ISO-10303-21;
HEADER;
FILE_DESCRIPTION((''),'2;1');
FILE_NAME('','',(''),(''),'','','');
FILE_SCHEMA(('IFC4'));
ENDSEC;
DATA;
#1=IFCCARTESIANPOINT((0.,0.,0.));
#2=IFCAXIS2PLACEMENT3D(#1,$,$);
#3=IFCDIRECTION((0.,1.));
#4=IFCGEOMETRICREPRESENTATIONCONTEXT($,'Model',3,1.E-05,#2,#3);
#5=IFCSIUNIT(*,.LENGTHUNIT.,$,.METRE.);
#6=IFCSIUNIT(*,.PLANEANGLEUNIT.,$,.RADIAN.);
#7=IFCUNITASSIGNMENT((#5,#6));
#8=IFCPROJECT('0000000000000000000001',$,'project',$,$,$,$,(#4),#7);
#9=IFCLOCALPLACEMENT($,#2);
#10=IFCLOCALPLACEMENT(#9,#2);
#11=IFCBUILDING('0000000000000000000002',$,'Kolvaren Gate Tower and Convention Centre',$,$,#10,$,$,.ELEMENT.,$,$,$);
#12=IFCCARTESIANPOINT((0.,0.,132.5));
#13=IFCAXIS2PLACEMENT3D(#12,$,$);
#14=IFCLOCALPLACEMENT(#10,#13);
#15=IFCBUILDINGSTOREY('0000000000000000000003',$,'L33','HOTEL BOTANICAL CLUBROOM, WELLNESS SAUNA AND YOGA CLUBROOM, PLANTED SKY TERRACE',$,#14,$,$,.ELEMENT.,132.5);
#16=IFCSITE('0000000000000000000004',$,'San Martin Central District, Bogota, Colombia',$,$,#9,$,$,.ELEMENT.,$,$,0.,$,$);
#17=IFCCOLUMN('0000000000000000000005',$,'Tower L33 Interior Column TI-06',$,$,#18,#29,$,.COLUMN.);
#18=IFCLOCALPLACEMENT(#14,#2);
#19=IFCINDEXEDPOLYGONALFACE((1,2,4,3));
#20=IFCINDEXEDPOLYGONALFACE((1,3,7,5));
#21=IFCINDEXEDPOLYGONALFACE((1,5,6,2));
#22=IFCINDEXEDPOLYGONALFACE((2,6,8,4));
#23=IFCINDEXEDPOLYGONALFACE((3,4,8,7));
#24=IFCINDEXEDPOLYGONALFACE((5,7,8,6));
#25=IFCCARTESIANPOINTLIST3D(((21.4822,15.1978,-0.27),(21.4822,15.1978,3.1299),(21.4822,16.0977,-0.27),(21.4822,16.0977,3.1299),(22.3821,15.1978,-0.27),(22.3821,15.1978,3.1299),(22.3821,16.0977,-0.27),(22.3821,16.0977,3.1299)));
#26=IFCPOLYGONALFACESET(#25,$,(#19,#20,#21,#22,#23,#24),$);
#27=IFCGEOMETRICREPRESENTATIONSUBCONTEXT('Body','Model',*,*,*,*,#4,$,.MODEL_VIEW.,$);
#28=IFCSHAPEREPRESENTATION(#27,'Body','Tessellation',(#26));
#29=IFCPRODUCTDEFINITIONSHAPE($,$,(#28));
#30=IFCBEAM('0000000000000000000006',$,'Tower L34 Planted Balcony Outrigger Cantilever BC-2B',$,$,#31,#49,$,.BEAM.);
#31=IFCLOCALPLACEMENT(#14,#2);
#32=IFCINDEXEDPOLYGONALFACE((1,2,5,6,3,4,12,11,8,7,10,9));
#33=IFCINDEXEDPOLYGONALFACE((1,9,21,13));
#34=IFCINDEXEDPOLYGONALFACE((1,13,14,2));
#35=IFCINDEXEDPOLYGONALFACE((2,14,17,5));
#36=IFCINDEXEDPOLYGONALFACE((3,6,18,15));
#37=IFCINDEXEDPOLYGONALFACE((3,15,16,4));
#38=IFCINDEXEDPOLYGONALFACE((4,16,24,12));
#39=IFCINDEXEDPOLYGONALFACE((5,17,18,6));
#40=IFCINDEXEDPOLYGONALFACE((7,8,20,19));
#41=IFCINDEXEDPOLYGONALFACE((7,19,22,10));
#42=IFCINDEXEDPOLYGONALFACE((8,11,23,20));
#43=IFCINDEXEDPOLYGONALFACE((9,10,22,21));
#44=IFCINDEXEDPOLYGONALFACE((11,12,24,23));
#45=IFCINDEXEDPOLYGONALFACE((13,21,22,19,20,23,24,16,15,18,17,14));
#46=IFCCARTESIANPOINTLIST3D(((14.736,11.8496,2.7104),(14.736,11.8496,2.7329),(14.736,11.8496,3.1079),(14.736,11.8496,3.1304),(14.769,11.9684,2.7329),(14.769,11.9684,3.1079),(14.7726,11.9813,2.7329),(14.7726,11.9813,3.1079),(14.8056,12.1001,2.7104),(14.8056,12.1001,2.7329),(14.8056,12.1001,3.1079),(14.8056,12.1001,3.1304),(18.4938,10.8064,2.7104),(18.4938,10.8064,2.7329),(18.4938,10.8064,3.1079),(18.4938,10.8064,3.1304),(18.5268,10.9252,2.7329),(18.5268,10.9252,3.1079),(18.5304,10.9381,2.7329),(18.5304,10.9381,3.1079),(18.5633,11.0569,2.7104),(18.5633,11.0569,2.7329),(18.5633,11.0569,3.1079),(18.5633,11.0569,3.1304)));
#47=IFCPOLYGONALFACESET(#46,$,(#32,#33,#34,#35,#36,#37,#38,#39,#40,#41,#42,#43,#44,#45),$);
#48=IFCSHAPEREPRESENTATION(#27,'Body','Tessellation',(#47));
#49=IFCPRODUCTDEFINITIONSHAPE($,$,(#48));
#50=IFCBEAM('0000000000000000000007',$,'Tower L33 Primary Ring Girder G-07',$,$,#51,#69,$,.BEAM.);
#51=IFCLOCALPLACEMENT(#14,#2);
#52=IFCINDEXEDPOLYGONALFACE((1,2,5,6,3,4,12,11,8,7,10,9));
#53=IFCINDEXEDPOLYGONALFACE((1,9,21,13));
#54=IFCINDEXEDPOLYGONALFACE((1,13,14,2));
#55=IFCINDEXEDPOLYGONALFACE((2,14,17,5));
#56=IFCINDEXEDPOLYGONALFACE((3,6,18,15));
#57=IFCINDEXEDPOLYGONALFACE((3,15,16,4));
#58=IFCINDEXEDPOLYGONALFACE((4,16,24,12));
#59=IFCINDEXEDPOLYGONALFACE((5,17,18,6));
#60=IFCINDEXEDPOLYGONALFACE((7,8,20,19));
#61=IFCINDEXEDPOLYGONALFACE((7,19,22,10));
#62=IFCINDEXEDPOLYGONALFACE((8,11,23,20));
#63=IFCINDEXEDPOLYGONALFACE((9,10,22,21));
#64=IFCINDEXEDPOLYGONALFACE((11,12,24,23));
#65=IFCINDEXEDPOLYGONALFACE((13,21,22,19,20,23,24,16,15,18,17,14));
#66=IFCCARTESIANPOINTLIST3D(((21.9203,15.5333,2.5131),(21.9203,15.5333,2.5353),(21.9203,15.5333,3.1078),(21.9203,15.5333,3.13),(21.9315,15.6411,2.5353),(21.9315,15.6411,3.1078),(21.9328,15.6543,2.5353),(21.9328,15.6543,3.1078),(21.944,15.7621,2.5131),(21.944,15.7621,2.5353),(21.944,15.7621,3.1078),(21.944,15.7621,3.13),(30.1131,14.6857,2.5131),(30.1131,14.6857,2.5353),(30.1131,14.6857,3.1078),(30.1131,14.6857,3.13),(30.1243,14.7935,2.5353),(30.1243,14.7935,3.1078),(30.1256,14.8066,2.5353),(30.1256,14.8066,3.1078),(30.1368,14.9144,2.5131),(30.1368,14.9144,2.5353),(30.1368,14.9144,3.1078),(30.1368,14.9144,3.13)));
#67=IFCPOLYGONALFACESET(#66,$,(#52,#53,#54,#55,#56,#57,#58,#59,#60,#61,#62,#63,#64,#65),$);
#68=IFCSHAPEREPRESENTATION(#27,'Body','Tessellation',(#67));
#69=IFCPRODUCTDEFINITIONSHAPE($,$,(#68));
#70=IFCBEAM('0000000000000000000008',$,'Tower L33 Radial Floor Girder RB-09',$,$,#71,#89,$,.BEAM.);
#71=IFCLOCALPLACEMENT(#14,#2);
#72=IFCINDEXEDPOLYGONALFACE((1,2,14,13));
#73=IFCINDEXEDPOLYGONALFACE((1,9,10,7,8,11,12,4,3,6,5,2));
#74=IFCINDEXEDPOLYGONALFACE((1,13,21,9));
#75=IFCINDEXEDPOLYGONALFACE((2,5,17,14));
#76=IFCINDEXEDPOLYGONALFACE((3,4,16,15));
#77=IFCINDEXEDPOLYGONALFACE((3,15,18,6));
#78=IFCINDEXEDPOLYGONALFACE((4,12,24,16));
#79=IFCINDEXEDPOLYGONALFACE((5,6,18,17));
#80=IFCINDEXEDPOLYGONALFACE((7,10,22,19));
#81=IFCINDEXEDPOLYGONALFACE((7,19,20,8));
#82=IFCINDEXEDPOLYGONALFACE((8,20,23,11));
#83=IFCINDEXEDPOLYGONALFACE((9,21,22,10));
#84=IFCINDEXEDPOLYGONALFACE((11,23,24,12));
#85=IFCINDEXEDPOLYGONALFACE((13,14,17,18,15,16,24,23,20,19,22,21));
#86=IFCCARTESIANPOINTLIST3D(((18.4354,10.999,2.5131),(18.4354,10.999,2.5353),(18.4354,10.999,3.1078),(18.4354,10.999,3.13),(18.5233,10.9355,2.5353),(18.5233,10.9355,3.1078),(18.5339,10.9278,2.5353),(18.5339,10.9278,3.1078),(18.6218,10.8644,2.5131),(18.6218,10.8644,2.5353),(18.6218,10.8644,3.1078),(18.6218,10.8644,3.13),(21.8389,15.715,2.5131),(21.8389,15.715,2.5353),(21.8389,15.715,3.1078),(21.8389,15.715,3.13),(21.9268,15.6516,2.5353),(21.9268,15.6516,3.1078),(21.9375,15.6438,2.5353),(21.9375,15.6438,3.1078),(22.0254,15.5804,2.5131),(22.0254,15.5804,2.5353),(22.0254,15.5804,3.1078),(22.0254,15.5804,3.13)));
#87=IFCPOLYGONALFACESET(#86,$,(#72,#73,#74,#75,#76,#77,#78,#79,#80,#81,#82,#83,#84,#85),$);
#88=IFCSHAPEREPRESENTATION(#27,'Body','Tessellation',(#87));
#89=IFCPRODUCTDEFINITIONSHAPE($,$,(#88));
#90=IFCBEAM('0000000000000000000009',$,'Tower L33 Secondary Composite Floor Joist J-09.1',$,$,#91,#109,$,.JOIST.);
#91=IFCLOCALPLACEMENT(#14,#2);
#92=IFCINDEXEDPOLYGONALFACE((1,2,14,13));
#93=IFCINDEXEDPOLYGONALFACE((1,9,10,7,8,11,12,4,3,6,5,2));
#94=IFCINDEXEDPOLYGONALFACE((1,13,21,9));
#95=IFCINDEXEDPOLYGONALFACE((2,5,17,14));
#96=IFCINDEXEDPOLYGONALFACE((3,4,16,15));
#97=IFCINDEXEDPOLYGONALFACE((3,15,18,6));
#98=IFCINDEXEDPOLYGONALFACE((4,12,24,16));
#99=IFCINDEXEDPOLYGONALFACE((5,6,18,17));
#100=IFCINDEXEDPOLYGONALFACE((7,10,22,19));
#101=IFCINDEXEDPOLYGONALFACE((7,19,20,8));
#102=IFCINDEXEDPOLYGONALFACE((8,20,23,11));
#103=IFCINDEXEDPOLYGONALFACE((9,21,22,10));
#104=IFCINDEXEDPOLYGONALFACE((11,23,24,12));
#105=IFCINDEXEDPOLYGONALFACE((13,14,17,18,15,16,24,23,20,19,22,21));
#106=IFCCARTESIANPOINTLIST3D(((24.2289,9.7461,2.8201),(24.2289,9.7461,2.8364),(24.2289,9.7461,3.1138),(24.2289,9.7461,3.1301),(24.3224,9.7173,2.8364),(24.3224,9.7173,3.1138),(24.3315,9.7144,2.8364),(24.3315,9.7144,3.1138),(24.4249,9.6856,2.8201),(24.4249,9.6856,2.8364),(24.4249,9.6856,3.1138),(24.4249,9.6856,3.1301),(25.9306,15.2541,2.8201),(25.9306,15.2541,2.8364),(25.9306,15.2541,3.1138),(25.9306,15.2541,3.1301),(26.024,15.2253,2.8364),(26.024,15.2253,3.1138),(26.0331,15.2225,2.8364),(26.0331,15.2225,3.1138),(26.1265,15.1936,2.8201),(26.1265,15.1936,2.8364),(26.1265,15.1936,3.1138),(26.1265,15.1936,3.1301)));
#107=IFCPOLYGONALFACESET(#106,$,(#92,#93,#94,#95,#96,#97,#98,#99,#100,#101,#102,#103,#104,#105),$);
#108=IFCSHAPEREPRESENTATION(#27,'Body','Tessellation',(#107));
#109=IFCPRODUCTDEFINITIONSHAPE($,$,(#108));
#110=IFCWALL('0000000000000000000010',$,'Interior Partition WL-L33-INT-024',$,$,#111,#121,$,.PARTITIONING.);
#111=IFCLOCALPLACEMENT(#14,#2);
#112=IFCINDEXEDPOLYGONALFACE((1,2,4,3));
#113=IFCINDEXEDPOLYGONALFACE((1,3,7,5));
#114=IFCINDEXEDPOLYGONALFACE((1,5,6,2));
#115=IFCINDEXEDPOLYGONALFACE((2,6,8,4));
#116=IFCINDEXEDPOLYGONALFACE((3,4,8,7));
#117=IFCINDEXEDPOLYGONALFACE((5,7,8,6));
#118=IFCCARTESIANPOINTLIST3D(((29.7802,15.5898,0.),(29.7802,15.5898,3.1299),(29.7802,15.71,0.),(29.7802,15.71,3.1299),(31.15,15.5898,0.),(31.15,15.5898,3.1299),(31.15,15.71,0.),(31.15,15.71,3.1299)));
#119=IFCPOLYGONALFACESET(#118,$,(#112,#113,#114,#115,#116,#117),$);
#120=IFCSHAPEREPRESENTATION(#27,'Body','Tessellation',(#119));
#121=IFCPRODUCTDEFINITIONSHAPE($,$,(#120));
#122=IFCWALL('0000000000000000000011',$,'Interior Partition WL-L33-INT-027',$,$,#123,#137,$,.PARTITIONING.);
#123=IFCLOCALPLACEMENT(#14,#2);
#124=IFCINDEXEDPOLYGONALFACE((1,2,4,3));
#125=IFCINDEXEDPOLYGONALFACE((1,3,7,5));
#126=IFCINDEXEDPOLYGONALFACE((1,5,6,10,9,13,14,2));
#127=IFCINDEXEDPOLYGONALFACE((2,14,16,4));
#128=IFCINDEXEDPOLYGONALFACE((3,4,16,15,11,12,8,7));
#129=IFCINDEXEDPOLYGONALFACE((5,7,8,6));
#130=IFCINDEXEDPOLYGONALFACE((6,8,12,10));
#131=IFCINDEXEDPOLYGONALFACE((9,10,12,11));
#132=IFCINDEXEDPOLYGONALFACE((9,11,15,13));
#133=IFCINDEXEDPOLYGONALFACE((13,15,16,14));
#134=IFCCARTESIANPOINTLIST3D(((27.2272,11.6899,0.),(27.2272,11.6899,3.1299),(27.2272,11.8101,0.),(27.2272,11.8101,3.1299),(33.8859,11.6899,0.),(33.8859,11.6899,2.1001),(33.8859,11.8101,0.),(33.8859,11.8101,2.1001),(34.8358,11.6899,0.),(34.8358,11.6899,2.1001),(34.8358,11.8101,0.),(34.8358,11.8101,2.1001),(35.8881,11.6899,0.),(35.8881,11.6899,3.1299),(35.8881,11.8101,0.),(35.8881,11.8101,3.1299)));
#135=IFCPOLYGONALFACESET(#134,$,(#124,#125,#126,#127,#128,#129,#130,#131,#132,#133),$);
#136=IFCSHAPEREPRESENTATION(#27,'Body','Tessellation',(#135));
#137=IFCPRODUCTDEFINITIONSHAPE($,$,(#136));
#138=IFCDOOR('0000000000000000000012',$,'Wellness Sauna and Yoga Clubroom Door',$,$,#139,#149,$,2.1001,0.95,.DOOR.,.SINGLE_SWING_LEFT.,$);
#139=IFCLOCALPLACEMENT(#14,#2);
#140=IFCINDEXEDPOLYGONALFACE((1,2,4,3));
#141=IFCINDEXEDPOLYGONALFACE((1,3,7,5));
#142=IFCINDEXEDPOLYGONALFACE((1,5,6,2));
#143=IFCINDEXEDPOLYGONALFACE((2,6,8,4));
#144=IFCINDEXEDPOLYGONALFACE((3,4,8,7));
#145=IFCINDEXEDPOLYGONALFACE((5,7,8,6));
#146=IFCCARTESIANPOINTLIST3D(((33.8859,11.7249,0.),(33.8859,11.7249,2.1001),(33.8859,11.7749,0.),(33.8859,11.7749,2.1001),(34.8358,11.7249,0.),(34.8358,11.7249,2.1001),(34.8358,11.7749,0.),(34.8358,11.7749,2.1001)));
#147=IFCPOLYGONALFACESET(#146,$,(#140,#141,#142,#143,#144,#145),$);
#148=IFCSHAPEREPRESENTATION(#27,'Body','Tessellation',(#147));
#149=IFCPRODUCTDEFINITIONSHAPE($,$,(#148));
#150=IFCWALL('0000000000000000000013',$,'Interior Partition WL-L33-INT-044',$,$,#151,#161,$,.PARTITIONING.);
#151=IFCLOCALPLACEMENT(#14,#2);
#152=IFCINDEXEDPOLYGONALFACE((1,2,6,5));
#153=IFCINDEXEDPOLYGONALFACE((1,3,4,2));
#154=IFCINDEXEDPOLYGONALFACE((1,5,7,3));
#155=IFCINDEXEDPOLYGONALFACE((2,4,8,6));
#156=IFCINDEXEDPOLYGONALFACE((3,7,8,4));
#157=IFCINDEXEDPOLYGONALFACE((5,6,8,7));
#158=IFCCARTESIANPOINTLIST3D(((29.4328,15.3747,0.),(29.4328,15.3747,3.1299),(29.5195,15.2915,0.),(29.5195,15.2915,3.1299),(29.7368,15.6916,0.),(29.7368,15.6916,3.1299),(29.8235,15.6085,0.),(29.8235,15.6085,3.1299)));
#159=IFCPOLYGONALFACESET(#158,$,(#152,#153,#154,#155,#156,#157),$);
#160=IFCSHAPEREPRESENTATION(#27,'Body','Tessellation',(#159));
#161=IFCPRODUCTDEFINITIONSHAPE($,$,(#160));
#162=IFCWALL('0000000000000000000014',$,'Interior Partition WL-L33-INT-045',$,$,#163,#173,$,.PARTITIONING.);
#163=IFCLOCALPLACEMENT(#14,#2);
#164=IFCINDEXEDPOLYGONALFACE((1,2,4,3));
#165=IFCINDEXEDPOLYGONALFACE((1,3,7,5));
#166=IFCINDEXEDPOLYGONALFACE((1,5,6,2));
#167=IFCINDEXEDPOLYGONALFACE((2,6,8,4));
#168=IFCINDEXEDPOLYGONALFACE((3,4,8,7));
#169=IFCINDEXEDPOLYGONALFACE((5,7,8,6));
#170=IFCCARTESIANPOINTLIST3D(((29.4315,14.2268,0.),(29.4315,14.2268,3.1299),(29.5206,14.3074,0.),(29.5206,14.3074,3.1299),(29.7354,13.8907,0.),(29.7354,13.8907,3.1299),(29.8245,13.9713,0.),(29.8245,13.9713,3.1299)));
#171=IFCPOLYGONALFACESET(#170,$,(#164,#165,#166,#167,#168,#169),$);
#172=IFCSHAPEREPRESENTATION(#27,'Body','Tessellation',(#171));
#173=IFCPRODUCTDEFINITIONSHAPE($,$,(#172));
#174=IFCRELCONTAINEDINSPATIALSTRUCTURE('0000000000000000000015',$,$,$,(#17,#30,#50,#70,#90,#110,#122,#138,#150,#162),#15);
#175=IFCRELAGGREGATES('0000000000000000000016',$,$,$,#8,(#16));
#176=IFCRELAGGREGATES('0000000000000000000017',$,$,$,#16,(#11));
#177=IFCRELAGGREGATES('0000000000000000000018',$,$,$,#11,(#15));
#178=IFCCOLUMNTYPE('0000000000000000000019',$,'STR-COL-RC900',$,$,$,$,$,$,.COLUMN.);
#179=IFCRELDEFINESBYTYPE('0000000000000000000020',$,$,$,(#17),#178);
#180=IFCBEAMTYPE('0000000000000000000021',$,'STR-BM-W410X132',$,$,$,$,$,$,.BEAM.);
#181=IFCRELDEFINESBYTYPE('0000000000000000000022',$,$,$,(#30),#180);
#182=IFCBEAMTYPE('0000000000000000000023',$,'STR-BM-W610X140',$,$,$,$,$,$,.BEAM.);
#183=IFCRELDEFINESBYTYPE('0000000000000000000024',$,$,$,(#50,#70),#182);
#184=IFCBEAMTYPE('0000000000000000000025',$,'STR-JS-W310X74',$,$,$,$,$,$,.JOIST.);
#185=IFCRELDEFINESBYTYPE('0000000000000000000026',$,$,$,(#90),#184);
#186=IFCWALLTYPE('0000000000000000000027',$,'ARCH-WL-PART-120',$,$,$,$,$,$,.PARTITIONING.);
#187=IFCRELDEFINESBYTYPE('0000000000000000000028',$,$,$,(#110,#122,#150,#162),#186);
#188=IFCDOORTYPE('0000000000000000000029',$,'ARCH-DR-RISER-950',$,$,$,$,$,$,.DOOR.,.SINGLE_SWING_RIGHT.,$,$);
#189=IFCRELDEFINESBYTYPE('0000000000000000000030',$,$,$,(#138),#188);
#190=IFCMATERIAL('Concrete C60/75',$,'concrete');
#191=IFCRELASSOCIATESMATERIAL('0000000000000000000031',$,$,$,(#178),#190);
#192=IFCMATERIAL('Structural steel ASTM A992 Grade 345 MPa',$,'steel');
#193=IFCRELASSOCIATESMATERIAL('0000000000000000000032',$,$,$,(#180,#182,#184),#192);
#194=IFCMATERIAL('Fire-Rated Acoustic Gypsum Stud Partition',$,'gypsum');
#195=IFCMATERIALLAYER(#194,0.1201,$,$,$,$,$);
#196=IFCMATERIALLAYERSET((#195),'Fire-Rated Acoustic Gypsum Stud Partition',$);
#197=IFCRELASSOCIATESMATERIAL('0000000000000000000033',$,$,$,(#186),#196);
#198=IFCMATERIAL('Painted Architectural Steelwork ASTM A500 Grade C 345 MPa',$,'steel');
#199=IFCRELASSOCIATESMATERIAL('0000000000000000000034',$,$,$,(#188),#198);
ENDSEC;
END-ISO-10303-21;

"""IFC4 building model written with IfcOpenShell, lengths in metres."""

from ifc_helpers import new_model, si_unit, direction, frame, frame_2d, origin, origin_2d, place, context, subcontext, project, spatial, rectangle, i_section, extrude, material, layer, layer_set, material_profile, profile_set, type_object, element, fill, save


model = new_model("IFC4")

# Units and contexts
model_context = context("Model", 3, precision=1e-05, world=origin(), true_north=direction((0.0, 1.0)))
body_context = subcontext(model_context, "Body", "Model", "MODEL_VIEW")
ifc_project = project(units=[si_unit("LENGTHUNIT", "METRE"), si_unit("PLANEANGLEUNIT", "RADIAN")], contexts=[model_context])

# Site, building, storey
site_placement = place(None, origin())
site = spatial("IfcSite", under=ifc_project, at=site_placement, Name="San Martin Central District, Bogota, Colombia", CompositionType="ELEMENT", RefElevation=0.0)
building_placement = place(site_placement, origin())
building = spatial("IfcBuilding", under=site, at=building_placement, Name="Kolvaren Gate Tower and Convention Centre", CompositionType="ELEMENT")
storey_placement = place(building_placement, frame((0.0, 0.0, 132.5)))
storey = spatial("IfcBuildingStorey", under=building, at=storey_placement, Name="L33", Description="HOTEL BOTANICAL CLUBROOM, WELLNESS SAUNA AND YOGA CLUBROOM, PLANTED SKY TERRACE", CompositionType="ELEMENT", Elevation=132.5)

# Column
ifc_material_1 = material(Name="Concrete C60/75", Category="concrete")
ifc_material_profile_1 = material_profile(ifc_material_1, rectangle(XDim=0.8999, YDim=0.8999, at=origin_2d()), Name="RC-COL-900X900")
ifc_profile_set_1 = profile_set([ifc_material_profile_1], Name="Concrete C60/75")
column_type = type_object("IfcColumnType", Name="STR-COL-RC900", PredefinedType="COLUMN", material=ifc_profile_set_1)
column_placement = place(storey_placement, frame((21.9321, 15.6477, -0.27), z_axis=(0.0, 0.0, 1.0), x_axis=(1.0, 0.0, 0.0)))
element("IfcColumn", 1, at=column_placement, inside=storey, type_object=column_type, Name="Tower L33 Interior Column TI-06", PredefinedType="COLUMN", context=body_context, shape_type="SweptSolid", body=[
    extrude(rectangle(XDim=0.8999, YDim=0.8999, at=origin_2d()), origin(), (0.0, 0.0, 1.0), 3.3999),
])

# Beams
ifc_material_2 = material(Name="Structural steel ASTM A992 Grade 345 MPa", Category="steel")
ifc_material_profile_2 = material_profile(ifc_material_2, i_section(OverallWidth=0.26, OverallDepth=0.4199, WebThickness=0.0134, FlangeThickness=0.0225, at=origin_2d()), Name="W410X132")
ifc_profile_set_2 = profile_set([ifc_material_profile_2], Name="Structural steel ASTM A992 Grade 345 MPa")
beam_type_1 = type_object("IfcBeamType", Name="STR-BM-W410X132", PredefinedType="BEAM", material=ifc_profile_set_2)
beam_1_placement = place(storey_placement, frame((18.5286, 10.9316, 2.9204), z_axis=(-0.963559, 0.267495, 0.0), x_axis=(-0.267495, -0.963559, 0.0)))
element("IfcBeam", 2, at=beam_1_placement, inside=storey, type_object=beam_type_1, Name="Tower L34 Planted Balcony Outrigger Cantilever BC-2B", PredefinedType="BEAM", context=body_context, shape_type="SweptSolid", body=[
    extrude(i_section(OverallWidth=0.26, OverallDepth=0.4199, WebThickness=0.0134, FlangeThickness=0.0225, at=origin_2d()), origin(), (0.0, 0.0, 1.0), 3.8999),
])
ifc_material_profile_3 = material_profile(ifc_material_2, i_section(OverallWidth=0.23, OverallDepth=0.6169, WebThickness=0.0132, FlangeThickness=0.0222, at=origin_2d()), Name="W610X140")
ifc_profile_set_3 = profile_set([ifc_material_profile_3], Name="Structural steel ASTM A992 Grade 345 MPa")
beam_type_2 = type_object("IfcBeamType", Name="STR-BM-W610X140", PredefinedType="BEAM", material=ifc_profile_set_3)
beam_2_placement = place(storey_placement, frame((21.9321, 15.6477, 2.8215), z_axis=(0.99469, -0.102913, 0.0), x_axis=(0.102913, 0.99469, 0.0)))
element("IfcBeam", 3, at=beam_2_placement, inside=storey, type_object=beam_type_2, Name="Tower L33 Primary Ring Girder G-07", PredefinedType="BEAM", context=body_context, shape_type="SweptSolid", body=[
    extrude(i_section(OverallWidth=0.23, OverallDepth=0.6169, WebThickness=0.0132, FlangeThickness=0.0222, at=origin_2d()), origin(), (0.0, 0.0, 1.0), 8.2366),
])
beam_3_placement = place(storey_placement, frame((21.9321, 15.6477, 2.8215), z_axis=(-0.58521, -0.810882, 0.0), x_axis=(0.810882, -0.58521, 0.0)))
element("IfcBeam", 4, at=beam_3_placement, inside=storey, type_object=beam_type_2, Name="Tower L33 Radial Floor Girder RB-09", PredefinedType="BEAM", context=body_context, shape_type="SweptSolid", body=[
    extrude(i_section(OverallWidth=0.23, OverallDepth=0.6169, WebThickness=0.0132, FlangeThickness=0.0222, at=origin_2d()), origin(), (0.0, 0.0, 1.0), 5.8159),
])
ifc_material_profile_4 = material_profile(ifc_material_2, i_section(OverallWidth=0.2051, OverallDepth=0.3101, WebThickness=0.0095, FlangeThickness=0.0164, at=origin_2d()), Name="W310X74")
ifc_profile_set_4 = profile_set([ifc_material_profile_4], Name="Structural steel ASTM A992 Grade 345 MPa")
beam_type_3 = type_object("IfcBeamType", Name="STR-JS-W310X74", PredefinedType="JOIST", material=ifc_profile_set_4)
beam_4_placement = place(storey_placement, frame((26.0286, 15.2239, 2.9751), z_axis=(-0.295175, -0.955443, 0.0), x_axis=(0.955443, -0.295175, 0.0)))
element("IfcBeam", 5, at=beam_4_placement, inside=storey, type_object=beam_type_3, Name="Tower L33 Secondary Composite Floor Joist J-09.1", PredefinedType="JOIST", context=body_context, shape_type="SweptSolid", body=[
    extrude(i_section(OverallWidth=0.2051, OverallDepth=0.3101, WebThickness=0.0095, FlangeThickness=0.0164, at=origin_2d()), origin(), (0.0, 0.0, 1.0), 5.7649),
])

# Wall
ifc_material_3 = material(Name="Fire-Rated Acoustic Gypsum Stud Partition", Category="gypsum")
ifc_layer_1 = layer(ifc_material_3, 0.1201)
ifc_layer_set_1 = layer_set([ifc_layer_1], Name="Fire-Rated Acoustic Gypsum Stud Partition")
wall_type_1 = type_object("IfcWallType", Name="ARCH-WL-PART-120", PredefinedType="PARTITIONING", material=ifc_layer_set_1)
wall_1_placement = place(storey_placement, frame((29.78, 15.6499, 0.0), z_axis=(0.0, 0.0, 1.0), x_axis=(1.0, 0.0, 0.0)))
element("IfcWall", 6, at=wall_1_placement, inside=storey, type_object=wall_type_1, Name="Interior Partition WL-L33-INT-024", PredefinedType="PARTITIONING", context=body_context, shape_type="SweptSolid", body=[
    extrude(rectangle(XDim=1.3699, YDim=0.1201, at=frame_2d((0.6851, 0.0))), origin(), (0.0, 0.0, 1.0), 3.1299),
])

# Wall, opening, door
wall_2_placement = place(storey_placement, frame((27.2271, 11.75, 0.0), z_axis=(0.0, 0.0, 1.0), x_axis=(1.0, 0.0, 0.0)))
wall_2 = element("IfcWall", 7, at=wall_2_placement, inside=storey, type_object=wall_type_1, Name="Interior Partition WL-L33-INT-027", PredefinedType="PARTITIONING", context=body_context, shape_type="SweptSolid", body=[
    extrude(rectangle(XDim=8.6609, YDim=0.1201, at=frame_2d((4.3306, 0.0))), origin(), (0.0, 0.0, 1.0), 3.1299),
])
opening_1_placement = place(wall_2_placement, frame((6.6587, 0.0, 0.0)))
opening_1 = element("IfcOpeningElement", 8, at=opening_1_placement, cuts=wall_2, PredefinedType="OPENING", context=body_context, shape_type="SweptSolid", body=[
    extrude(rectangle(XDim=0.95, YDim=2.1001, at=frame_2d((0.4751, 1.05))), frame((0.0, 0.0701, 0.0), z_axis=(0.0, -1.0, 0.0), x_axis=(1.0, 0.0, 0.0)), (0.0, 0.0, 1.0), 0.1401),
])
ifc_material_4 = material(Name="Painted Architectural Steelwork ASTM A500 Grade C 345 MPa", Category="steel")
door_type_1 = type_object("IfcDoorType", Name="ARCH-DR-RISER-950", OperationType="SINGLE_SWING_RIGHT", PredefinedType="DOOR", material=ifc_material_4)
door_1_placement = place(opening_1_placement, origin())
door_1 = element("IfcDoor", 9, at=door_1_placement, inside=storey, type_object=door_type_1, Name="Wellness Sauna and Yoga Clubroom Door", OperationType="SINGLE_SWING_LEFT", OverallHeight=2.1001, OverallWidth=0.95, PredefinedType="DOOR", context=body_context, shape_type="SweptSolid", body=[
    extrude(rectangle(XDim=0.95, YDim=2.1001, at=frame_2d((0.4751, 1.05))), frame((0.0, 0.0249, 0.0), z_axis=(0.0, -1.0, 0.0), x_axis=(1.0, 0.0, 0.0)), (0.0, 0.0, 1.0), 0.05),
])
fill(opening_1, door_1)

# Walls
wall_3_placement = place(storey_placement, frame((29.4761, 15.333, 0.0), z_axis=(0.0, 0.0, 1.0), x_axis=(0.692219, 0.721687, 0.0)))
element("IfcWall", 10, at=wall_3_placement, inside=storey, type_object=wall_type_1, Name="Interior Partition WL-L33-INT-044", PredefinedType="PARTITIONING", context=body_context, shape_type="SweptSolid", body=[
    extrude(rectangle(XDim=0.4392, YDim=0.1201, at=frame_2d((0.2197, 0.0))), origin(), (0.0, 0.0, 1.0), 3.1299),
])
wall_4_placement = place(storey_placement, frame((29.4761, 14.2671, 0.0), z_axis=(0.0, 0.0, 1.0), x_axis=(0.670659, -0.741765, 0.0)))
element("IfcWall", 11, at=wall_4_placement, inside=storey, type_object=wall_type_1, Name="Interior Partition WL-L33-INT-045", PredefinedType="PARTITIONING", context=body_context, shape_type="SweptSolid", body=[
    extrude(rectangle(XDim=0.4531, YDim=0.1201, at=frame_2d((0.2266, 0.0))), origin(), (0.0, 0.0, 1.0), 3.1299),
])

save(model, "model.ifc")
